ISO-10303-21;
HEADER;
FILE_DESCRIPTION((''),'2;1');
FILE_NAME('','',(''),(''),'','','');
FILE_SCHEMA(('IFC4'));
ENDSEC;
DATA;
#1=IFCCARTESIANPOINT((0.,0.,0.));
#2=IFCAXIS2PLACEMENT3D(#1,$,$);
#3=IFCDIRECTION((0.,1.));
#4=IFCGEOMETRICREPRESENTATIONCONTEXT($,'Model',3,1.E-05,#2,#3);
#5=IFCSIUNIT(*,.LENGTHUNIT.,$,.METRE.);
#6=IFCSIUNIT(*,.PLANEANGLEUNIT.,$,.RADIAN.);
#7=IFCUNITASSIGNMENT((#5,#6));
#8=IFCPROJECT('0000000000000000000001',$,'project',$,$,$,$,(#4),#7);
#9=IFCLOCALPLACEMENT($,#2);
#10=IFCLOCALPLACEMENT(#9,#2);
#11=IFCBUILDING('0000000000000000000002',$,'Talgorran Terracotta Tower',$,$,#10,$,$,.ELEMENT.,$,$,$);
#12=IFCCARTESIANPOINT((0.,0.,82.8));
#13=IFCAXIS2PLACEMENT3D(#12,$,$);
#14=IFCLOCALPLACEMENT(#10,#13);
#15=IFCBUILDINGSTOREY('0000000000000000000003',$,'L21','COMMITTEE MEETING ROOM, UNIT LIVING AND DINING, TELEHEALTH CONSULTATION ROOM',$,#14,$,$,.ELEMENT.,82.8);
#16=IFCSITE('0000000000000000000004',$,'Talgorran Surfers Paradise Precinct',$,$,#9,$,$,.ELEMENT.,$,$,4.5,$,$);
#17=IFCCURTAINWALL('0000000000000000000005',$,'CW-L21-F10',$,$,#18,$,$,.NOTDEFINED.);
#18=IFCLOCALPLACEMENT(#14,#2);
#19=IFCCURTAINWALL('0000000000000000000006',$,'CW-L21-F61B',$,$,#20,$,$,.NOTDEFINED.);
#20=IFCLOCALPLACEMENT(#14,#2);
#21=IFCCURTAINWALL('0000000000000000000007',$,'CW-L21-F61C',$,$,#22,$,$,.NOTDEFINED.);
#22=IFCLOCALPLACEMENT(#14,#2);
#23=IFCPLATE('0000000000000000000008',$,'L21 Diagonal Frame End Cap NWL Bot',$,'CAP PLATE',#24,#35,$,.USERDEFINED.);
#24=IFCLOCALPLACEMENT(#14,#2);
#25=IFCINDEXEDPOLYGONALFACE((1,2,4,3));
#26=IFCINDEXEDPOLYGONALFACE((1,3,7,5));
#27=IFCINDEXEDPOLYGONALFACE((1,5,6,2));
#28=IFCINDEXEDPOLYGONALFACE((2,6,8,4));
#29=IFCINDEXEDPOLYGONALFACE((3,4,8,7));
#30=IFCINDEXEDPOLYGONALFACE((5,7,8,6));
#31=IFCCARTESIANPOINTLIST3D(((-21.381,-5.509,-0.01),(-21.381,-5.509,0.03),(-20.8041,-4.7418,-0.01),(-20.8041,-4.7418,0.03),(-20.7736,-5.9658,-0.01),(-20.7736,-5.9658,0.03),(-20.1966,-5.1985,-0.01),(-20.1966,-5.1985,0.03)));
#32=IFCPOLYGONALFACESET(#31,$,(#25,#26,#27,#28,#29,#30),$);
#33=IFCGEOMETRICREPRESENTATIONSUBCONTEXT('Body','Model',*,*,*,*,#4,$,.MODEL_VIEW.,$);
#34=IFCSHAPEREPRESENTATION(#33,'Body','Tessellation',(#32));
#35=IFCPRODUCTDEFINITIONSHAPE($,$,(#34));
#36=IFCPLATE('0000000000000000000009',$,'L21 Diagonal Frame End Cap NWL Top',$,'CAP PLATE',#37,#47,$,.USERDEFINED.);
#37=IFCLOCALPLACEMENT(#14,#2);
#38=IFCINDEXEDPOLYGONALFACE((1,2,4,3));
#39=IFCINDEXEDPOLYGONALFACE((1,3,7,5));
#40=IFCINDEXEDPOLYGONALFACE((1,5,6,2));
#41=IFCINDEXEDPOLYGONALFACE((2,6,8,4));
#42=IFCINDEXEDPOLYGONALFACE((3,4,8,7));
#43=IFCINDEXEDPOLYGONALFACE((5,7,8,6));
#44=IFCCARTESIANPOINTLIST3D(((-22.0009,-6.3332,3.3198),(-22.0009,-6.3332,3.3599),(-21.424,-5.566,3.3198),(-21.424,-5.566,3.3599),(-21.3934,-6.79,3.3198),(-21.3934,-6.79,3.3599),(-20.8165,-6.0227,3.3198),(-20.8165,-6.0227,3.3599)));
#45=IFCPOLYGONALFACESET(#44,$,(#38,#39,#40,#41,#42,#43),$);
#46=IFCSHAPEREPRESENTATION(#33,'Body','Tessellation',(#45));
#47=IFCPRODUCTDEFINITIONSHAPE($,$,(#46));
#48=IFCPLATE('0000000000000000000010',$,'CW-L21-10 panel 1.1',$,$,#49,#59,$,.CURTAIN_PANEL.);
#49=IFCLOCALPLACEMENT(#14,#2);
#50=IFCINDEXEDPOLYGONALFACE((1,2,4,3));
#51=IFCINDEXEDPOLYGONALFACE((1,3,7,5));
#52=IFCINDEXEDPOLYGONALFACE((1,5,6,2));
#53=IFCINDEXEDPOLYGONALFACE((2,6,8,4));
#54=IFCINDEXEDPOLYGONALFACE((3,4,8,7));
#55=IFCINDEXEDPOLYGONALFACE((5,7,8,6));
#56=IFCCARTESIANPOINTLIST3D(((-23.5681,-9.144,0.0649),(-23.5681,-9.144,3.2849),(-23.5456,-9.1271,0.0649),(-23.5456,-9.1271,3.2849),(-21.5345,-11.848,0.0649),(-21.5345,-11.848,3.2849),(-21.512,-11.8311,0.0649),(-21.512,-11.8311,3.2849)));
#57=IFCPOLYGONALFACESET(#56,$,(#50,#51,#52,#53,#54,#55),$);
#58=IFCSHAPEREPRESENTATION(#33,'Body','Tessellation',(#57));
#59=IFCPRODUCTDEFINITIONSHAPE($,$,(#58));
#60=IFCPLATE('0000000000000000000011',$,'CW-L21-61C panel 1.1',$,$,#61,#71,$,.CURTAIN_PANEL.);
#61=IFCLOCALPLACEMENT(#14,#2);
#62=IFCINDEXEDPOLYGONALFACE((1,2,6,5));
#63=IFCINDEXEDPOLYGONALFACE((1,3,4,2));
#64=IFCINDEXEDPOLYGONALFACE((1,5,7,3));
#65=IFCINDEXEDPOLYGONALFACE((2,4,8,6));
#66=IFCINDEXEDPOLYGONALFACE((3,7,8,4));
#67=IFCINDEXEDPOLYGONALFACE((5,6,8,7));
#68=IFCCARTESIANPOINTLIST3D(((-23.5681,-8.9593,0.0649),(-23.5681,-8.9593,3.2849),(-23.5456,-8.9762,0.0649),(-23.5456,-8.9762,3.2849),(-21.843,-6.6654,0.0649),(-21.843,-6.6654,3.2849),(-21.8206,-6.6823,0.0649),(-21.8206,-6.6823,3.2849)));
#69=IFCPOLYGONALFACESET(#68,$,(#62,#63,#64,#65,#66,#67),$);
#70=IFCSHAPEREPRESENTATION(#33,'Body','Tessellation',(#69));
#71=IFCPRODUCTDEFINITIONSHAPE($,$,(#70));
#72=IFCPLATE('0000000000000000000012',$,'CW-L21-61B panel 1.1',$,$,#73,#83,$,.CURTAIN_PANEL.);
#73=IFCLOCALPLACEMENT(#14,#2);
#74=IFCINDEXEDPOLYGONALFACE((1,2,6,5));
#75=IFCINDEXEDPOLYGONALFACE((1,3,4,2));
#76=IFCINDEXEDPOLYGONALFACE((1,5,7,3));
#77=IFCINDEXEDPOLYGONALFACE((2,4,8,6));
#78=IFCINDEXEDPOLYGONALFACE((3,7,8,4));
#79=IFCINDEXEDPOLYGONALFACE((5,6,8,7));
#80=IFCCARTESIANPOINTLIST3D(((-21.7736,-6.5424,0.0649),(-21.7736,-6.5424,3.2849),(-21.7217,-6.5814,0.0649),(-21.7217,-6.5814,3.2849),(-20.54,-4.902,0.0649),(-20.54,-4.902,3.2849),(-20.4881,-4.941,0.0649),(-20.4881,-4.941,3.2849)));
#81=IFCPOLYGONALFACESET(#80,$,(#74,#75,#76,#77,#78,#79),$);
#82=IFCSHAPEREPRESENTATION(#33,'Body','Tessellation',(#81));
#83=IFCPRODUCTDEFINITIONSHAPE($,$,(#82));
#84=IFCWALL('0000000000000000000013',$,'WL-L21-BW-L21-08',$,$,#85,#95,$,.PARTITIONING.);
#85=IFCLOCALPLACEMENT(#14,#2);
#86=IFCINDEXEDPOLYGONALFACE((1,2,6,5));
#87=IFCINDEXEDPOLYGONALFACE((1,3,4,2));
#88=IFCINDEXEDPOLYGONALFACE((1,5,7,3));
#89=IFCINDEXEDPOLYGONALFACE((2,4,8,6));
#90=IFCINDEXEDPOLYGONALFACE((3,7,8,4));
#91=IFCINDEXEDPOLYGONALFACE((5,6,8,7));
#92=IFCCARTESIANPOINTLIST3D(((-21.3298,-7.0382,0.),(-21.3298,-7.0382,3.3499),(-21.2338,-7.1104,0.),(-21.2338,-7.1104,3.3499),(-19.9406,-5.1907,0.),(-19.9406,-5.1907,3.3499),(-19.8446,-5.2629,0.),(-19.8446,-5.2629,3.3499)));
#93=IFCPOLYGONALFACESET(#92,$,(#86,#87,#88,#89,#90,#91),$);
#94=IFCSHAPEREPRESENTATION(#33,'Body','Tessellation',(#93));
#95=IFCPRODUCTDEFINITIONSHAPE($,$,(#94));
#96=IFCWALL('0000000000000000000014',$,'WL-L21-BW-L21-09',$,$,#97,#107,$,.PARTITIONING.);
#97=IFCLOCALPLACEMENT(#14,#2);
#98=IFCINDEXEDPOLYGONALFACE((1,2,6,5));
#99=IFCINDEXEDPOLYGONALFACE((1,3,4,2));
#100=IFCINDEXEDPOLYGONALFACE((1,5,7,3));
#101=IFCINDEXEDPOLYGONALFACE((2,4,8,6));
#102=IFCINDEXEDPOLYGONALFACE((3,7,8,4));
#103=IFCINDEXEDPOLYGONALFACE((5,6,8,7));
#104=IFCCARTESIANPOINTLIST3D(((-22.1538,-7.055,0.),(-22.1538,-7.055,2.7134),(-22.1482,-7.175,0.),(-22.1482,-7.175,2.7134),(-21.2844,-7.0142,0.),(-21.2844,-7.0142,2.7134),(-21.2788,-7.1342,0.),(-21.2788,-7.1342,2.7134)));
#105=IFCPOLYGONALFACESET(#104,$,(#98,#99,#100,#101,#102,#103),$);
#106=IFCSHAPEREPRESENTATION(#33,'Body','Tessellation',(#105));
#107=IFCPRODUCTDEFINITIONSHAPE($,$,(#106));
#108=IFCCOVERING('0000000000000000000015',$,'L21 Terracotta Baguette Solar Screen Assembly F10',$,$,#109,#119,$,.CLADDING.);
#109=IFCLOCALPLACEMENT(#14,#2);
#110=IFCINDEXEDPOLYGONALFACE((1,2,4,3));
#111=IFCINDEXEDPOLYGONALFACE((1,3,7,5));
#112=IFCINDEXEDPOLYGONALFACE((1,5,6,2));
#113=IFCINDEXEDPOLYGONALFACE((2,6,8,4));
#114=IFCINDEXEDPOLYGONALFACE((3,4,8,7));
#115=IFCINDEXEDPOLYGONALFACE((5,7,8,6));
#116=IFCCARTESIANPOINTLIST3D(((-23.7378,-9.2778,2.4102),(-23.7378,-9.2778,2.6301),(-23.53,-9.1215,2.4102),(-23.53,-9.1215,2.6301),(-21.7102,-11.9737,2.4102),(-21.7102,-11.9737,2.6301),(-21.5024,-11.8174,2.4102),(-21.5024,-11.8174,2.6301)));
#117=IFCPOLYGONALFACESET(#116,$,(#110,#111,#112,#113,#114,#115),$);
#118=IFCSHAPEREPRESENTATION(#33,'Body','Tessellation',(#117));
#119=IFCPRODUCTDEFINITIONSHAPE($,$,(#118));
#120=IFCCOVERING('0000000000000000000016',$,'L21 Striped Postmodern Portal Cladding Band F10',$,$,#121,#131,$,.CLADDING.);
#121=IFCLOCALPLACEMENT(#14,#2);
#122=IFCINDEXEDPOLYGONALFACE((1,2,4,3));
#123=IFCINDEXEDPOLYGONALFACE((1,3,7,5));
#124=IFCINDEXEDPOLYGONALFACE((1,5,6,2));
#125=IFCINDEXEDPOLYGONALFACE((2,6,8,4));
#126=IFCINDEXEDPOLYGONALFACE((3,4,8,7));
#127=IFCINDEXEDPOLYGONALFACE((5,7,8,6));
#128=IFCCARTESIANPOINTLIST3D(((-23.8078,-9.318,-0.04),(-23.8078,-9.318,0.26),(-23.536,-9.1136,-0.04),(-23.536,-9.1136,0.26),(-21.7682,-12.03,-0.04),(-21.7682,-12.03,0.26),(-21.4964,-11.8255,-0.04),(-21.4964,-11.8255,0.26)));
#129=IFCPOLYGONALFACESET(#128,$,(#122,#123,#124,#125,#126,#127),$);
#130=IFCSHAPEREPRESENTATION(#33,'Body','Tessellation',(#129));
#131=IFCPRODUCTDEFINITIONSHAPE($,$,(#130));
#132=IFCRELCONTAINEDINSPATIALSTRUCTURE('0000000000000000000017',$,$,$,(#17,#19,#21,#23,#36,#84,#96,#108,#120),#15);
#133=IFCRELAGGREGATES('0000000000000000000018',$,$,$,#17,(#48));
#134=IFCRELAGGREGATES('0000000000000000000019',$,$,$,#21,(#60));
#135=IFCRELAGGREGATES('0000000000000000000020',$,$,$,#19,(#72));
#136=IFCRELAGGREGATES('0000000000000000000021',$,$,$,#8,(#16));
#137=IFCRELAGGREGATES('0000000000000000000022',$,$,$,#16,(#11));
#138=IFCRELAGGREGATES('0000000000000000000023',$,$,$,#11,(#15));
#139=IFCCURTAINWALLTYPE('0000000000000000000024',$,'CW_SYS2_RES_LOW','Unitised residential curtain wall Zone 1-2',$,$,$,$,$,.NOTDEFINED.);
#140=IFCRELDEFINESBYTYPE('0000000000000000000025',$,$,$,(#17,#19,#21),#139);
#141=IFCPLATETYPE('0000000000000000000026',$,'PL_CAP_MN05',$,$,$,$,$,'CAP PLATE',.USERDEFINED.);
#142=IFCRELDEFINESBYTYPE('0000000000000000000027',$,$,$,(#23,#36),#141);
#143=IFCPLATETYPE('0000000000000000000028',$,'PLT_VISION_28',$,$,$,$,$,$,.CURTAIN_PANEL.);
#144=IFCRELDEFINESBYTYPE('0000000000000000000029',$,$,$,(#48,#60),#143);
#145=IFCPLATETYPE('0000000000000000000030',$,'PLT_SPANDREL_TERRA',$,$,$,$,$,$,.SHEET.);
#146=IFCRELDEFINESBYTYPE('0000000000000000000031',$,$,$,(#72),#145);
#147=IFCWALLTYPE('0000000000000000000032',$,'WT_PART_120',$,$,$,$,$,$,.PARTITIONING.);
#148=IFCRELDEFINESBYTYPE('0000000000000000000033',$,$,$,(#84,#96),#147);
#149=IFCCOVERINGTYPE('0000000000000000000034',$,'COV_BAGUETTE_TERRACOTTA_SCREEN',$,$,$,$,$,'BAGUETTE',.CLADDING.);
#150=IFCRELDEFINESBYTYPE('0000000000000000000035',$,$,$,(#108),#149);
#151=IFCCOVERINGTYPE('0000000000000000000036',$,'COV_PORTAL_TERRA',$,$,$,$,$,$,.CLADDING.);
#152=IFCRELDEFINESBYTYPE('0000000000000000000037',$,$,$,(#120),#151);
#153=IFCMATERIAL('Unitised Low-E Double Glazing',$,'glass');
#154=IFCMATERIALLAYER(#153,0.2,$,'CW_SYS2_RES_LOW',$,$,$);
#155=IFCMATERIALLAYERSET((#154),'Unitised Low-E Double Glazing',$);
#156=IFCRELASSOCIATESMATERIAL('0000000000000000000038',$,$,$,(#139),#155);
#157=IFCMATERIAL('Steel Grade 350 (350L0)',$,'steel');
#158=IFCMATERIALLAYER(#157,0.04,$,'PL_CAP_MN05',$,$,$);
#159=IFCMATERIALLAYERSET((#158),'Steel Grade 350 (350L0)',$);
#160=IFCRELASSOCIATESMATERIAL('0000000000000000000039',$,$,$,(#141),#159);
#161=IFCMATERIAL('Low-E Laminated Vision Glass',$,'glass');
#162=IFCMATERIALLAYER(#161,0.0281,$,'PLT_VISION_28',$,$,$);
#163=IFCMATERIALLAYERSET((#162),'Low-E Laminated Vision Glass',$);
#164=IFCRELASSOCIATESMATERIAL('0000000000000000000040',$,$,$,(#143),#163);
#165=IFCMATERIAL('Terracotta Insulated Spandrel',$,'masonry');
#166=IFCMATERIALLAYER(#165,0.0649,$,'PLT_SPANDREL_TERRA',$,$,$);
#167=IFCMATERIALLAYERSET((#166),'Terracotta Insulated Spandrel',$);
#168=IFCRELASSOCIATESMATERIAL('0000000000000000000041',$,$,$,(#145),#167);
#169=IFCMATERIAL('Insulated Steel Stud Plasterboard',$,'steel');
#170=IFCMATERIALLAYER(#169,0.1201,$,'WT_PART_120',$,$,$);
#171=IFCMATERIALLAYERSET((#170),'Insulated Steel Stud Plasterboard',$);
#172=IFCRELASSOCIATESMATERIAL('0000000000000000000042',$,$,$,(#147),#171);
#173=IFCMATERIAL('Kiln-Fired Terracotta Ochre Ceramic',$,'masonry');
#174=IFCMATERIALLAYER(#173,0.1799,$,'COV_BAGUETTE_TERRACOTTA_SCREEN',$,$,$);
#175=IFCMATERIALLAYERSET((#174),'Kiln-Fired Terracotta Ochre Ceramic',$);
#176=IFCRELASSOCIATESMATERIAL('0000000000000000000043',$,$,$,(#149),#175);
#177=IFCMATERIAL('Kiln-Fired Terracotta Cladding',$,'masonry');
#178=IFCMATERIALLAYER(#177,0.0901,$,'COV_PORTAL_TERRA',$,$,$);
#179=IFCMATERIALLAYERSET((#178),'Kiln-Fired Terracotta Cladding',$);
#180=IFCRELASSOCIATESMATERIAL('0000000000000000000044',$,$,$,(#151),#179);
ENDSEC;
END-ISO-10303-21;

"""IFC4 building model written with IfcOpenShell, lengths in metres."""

from ifc_helpers import new_model, si_unit, direction, frame, frame_2d, origin, origin_2d, place, context, subcontext, project, spatial, rectangle, extrude, source, transform, mapped, material, layer, layer_set, type_object, type_shapes, element, aggregate, save


model = new_model("IFC4")

# Units and contexts
model_context = context("Model", 3, precision=1e-05, world=origin(), true_north=direction((0.0, 1.0)))
body_context = subcontext(model_context, "Body", "Model", "MODEL_VIEW")
ifc_project = project(units=[si_unit("LENGTHUNIT", "METRE"), si_unit("PLANEANGLEUNIT", "RADIAN")], contexts=[model_context])

# Site, building, storey
site_placement = place(None, origin())
site = spatial("IfcSite", under=ifc_project, at=site_placement, Name="Talgorran Surfers Paradise Precinct", CompositionType="ELEMENT", RefElevation=4.5)
building_placement = place(site_placement, origin())
building = spatial("IfcBuilding", under=site, at=building_placement, Name="Talgorran Terracotta Tower", CompositionType="ELEMENT")
storey_placement = place(building_placement, frame((0.0, 0.0, 82.8)))
storey = spatial("IfcBuildingStorey", under=building, at=storey_placement, Name="L21", Description="COMMITTEE MEETING ROOM, UNIT LIVING AND DINING, TELEHEALTH CONSULTATION ROOM", CompositionType="ELEMENT", Elevation=82.8)

# Shared definitions
ifc_material_1 = material(Name="Steel Grade 350 (350L0)", Category="steel")

# Curtain walls
ifc_material_2 = material(Name="Unitised Low-E Double Glazing", Category="glass")
ifc_layer_1 = layer(ifc_material_2, 0.2, Name="CW_SYS2_RES_LOW")
ifc_layer_set_1 = layer_set([ifc_layer_1], Name="Unitised Low-E Double Glazing")
curtain_wall_type = type_object("IfcCurtainWallType", Name="CW_SYS2_RES_LOW", Description="Unitised residential curtain wall Zone 1-2", PredefinedType="NOTDEFINED", material=ifc_layer_set_1)
curtain_wall_1_placement = place(storey_placement, origin())
curtain_wall_1 = element("IfcCurtainWall", 1, at=curtain_wall_1_placement, inside=storey, type_object=curtain_wall_type, Name="CW-L21-F10", PredefinedType="NOTDEFINED")
curtain_wall_2_placement = place(storey_placement, origin())
curtain_wall_2 = element("IfcCurtainWall", 2, at=curtain_wall_2_placement, inside=storey, type_object=curtain_wall_type, Name="CW-L21-F61B", PredefinedType="NOTDEFINED")

# Curtain wall
curtain_wall_3_placement = place(storey_placement, origin())
curtain_wall_3 = element("IfcCurtainWall", 3, at=curtain_wall_3_placement, inside=storey, type_object=curtain_wall_type, Name="CW-L21-F61C", PredefinedType="NOTDEFINED")

# Plates
ifc_layer_2 = layer(ifc_material_1, 0.04, Name="PL_CAP_MN05")
ifc_layer_set_2 = layer_set([ifc_layer_2], Name="Steel Grade 350 (350L0)")
plate_type_1 = type_object("IfcPlateType", Name="PL_CAP_MN05", ElementType="CAP PLATE", PredefinedType="USERDEFINED", material=ifc_layer_set_2)
for number, where, z_axis, x_axis, name in (
    (4, (-20.7888, -5.3538, -0.01), (0.0, 0.0, 1.0), (-0.600978, -0.799265, 0.0), "L21 Diagonal Frame End Cap NWL Bot"),
    (5, (-21.4087, -6.178, 3.3198), (0.0, 0.0, 1.0), (-0.600978, -0.799265, 0.0), "L21 Diagonal Frame End Cap NWL Top"),
):
    element("IfcPlate", number, at=place(storey_placement, frame(where, z_axis=z_axis, x_axis=x_axis)), inside=storey, type_object=plate_type_1, Name=name, ObjectType="CAP PLATE", PredefinedType="USERDEFINED", context=body_context, shape_type="SweptSolid", body=[
        extrude(rectangle(XDim=0.96, YDim=0.76, at=origin_2d()), origin(), (0.0, 0.0, 1.0), 0.04),
    ])

# Plates
ifc_material_3 = material(Name="Low-E Laminated Vision Glass", Category="glass")
ifc_layer_3 = layer(ifc_material_3, 0.0281, Name="PLT_VISION_28")
ifc_layer_set_3 = layer_set([ifc_layer_3], Name="Low-E Laminated Vision Glass")
plate_type_2 = type_object("IfcPlateType", Name="PLT_VISION_28", PredefinedType="CURTAIN_PANEL", material=ifc_layer_set_3)
shared_shape_1 = source(origin(), body_context, "Body", "SweptSolid", [
    extrude(rectangle(XDim=3.3833, YDim=0.0281, at=origin_2d()), origin(), (0.0, 0.0, 1.0), 3.22),
])
plate_1_placement = place(storey_placement, frame((-22.54, -10.4875, 0.0649), z_axis=(0.0, 0.0, 1.0), x_axis=(0.601065, -0.7992, 0.0)))
plate_1 = element("IfcPlate", 6, at=plate_1_placement, type_object=plate_type_2, Name="CW-L21-10 panel 1.1", PredefinedType="CURTAIN_PANEL", context=body_context, shape_type="MappedRepresentation", body=[
    mapped(shared_shape_1, transform((0.0, 0.0, 0.0), scale=1.0)),
])
aggregate(curtain_wall_1, [plate_1])
shared_shape_2 = source(origin(), body_context, "Body", "SweptSolid", [
    extrude(rectangle(XDim=2.8701, YDim=0.0281, at=origin_2d()), origin(), (0.0, 0.0, 1.0), 3.22),
])
type_shapes(plate_type_2, [shared_shape_1, shared_shape_2])
plate_2_placement = place(storey_placement, frame((-22.6943, -7.8208, 0.0649), z_axis=(0.0, 0.0, 1.0), x_axis=(-0.601034, -0.799223, 0.0)))
plate_2 = element("IfcPlate", 7, at=plate_2_placement, type_object=plate_type_2, Name="CW-L21-61C panel 1.1", PredefinedType="CURTAIN_PANEL", context=body_context, shape_type="MappedRepresentation", body=[
    mapped(shared_shape_2, transform((0.0, 0.0, 0.0), scale=1.0)),
])
aggregate(curtain_wall_3, [plate_2])
ifc_material_4 = material(Name="Terracotta Insulated Spandrel", Category="masonry")
ifc_layer_4 = layer(ifc_material_4, 0.0649, Name="PLT_SPANDREL_TERRA")
ifc_layer_set_4 = layer_set([ifc_layer_4], Name="Terracotta Insulated Spandrel")
plate_type_3 = type_object("IfcPlateType", Name="PLT_SPANDREL_TERRA", PredefinedType="SHEET", material=ifc_layer_set_4)
shared_shape_3 = source(origin(), body_context, "Body", "SweptSolid", [
    extrude(rectangle(XDim=2.0525, YDim=0.0649, at=origin_2d()), origin(), (0.0, 0.0, 1.0), 3.22),
])
type_shapes(plate_type_3, [shared_shape_3])
plate_3_placement = place(storey_placement, frame((-21.1309, -5.7417, 0.0649), z_axis=(0.0, 0.0, 1.0), x_axis=(-0.601048, -0.799213, 0.0)))
plate_3 = element("IfcPlate", 8, at=plate_3_placement, type_object=plate_type_3, Name="CW-L21-61B panel 1.1", PredefinedType="CURTAIN_PANEL", context=body_context, shape_type="MappedRepresentation", body=[
    mapped(shared_shape_3, transform((0.0, 0.0, 0.0), scale=1.0)),
])
aggregate(curtain_wall_2, [plate_3])

# Walls
ifc_material_5 = material(Name="Insulated Steel Stud Plasterboard", Category="steel")
ifc_layer_5 = layer(ifc_material_5, 0.1201, Name="WT_PART_120")
ifc_layer_set_5 = layer_set([ifc_layer_5], Name="Insulated Steel Stud Plasterboard")
wall_type = type_object("IfcWallType", Name="WT_PART_120", PredefinedType="PARTITIONING", material=ifc_layer_set_5)
wall_1_placement = place(storey_placement, frame((-19.8926, -5.2268, 0.0), z_axis=(0.0, 0.0, 1.0), x_axis=(-0.600997, -0.799252, 0.0)))
element("IfcWall", 9, at=wall_1_placement, inside=storey, type_object=wall_type, Name="WL-L21-BW-L21-08", PredefinedType="PARTITIONING", context=body_context, shape_type="SweptSolid", body=[
    extrude(rectangle(XDim=2.3115, YDim=0.1201, at=frame_2d((1.1558, 0.0))), origin(), (0.0, 0.0, 1.0), 3.3499),
])
wall_2_placement = place(storey_placement, frame((-21.2817, -7.0742, 0.0), z_axis=(0.0, 0.0, 1.0), x_axis=(-0.998902, -0.046845, 0.0)))
element("IfcWall", 10, at=wall_2_placement, inside=storey, type_object=wall_type, Name="WL-L21-BW-L21-09", PredefinedType="PARTITIONING", context=body_context, shape_type="SweptSolid", body=[
    extrude(rectangle(XDim=0.8704, YDim=0.1201, at=frame_2d((0.4351, 0.0))), origin(), (0.0, 0.0, 1.0), 2.7134),
])

# Coverings
ifc_material_6 = material(Name="Kiln-Fired Terracotta Ochre Ceramic", Category="masonry")
ifc_layer_6 = layer(ifc_material_6, 0.1799, Name="COV_BAGUETTE_TERRACOTTA_SCREEN")
ifc_layer_set_6 = layer_set([ifc_layer_6], Name="Kiln-Fired Terracotta Ochre Ceramic")
covering_type_1 = type_object("IfcCoveringType", Name="COV_BAGUETTE_TERRACOTTA_SCREEN", ElementType="BAGUETTE", PredefinedType="CLADDING", material=ifc_layer_set_6)
covering_1_placement = place(storey_placement, frame((-22.6201, -10.5476, 2.4102), z_axis=(0.0, 0.0, 1.0), x_axis=(0.601062, -0.799202, 0.0)))
element("IfcCovering", 11, at=covering_1_placement, inside=storey, type_object=covering_type_1, Name="L21 Terracotta Baguette Solar Screen Assembly F10", PredefinedType="CLADDING", context=body_context, shape_type="SweptSolid", body=[
    extrude(rectangle(XDim=3.3733, YDim=0.26, at=origin_2d()), origin(), (0.0, 0.0, 1.0), 0.22),
])
ifc_material_7 = material(Name="Kiln-Fired Terracotta Cladding", Category="masonry")
ifc_layer_7 = layer(ifc_material_7, 0.0901, Name="COV_PORTAL_TERRA")
ifc_layer_set_7 = layer_set([ifc_layer_7], Name="Kiln-Fired Terracotta Cladding")
covering_type_2 = type_object("IfcCoveringType", Name="COV_PORTAL_TERRA", PredefinedType="CLADDING", material=ifc_layer_set_7)
covering_2_placement = place(storey_placement, frame((-22.6521, -10.5718, -0.04), z_axis=(0.0, 0.0, 1.0), x_axis=(0.601062, -0.799202, 0.0)))
element("IfcCovering", 12, at=covering_2_placement, inside=storey, type_object=covering_type_2, Name="L21 Striped Postmodern Portal Cladding Band F10", PredefinedType="CLADDING", context=body_context, shape_type="SweptSolid", body=[
    extrude(rectangle(XDim=3.3933, YDim=0.3401, at=origin_2d()), origin(), (0.0, 0.0, 1.0), 0.3),
])

save(model, "model.ifc")
